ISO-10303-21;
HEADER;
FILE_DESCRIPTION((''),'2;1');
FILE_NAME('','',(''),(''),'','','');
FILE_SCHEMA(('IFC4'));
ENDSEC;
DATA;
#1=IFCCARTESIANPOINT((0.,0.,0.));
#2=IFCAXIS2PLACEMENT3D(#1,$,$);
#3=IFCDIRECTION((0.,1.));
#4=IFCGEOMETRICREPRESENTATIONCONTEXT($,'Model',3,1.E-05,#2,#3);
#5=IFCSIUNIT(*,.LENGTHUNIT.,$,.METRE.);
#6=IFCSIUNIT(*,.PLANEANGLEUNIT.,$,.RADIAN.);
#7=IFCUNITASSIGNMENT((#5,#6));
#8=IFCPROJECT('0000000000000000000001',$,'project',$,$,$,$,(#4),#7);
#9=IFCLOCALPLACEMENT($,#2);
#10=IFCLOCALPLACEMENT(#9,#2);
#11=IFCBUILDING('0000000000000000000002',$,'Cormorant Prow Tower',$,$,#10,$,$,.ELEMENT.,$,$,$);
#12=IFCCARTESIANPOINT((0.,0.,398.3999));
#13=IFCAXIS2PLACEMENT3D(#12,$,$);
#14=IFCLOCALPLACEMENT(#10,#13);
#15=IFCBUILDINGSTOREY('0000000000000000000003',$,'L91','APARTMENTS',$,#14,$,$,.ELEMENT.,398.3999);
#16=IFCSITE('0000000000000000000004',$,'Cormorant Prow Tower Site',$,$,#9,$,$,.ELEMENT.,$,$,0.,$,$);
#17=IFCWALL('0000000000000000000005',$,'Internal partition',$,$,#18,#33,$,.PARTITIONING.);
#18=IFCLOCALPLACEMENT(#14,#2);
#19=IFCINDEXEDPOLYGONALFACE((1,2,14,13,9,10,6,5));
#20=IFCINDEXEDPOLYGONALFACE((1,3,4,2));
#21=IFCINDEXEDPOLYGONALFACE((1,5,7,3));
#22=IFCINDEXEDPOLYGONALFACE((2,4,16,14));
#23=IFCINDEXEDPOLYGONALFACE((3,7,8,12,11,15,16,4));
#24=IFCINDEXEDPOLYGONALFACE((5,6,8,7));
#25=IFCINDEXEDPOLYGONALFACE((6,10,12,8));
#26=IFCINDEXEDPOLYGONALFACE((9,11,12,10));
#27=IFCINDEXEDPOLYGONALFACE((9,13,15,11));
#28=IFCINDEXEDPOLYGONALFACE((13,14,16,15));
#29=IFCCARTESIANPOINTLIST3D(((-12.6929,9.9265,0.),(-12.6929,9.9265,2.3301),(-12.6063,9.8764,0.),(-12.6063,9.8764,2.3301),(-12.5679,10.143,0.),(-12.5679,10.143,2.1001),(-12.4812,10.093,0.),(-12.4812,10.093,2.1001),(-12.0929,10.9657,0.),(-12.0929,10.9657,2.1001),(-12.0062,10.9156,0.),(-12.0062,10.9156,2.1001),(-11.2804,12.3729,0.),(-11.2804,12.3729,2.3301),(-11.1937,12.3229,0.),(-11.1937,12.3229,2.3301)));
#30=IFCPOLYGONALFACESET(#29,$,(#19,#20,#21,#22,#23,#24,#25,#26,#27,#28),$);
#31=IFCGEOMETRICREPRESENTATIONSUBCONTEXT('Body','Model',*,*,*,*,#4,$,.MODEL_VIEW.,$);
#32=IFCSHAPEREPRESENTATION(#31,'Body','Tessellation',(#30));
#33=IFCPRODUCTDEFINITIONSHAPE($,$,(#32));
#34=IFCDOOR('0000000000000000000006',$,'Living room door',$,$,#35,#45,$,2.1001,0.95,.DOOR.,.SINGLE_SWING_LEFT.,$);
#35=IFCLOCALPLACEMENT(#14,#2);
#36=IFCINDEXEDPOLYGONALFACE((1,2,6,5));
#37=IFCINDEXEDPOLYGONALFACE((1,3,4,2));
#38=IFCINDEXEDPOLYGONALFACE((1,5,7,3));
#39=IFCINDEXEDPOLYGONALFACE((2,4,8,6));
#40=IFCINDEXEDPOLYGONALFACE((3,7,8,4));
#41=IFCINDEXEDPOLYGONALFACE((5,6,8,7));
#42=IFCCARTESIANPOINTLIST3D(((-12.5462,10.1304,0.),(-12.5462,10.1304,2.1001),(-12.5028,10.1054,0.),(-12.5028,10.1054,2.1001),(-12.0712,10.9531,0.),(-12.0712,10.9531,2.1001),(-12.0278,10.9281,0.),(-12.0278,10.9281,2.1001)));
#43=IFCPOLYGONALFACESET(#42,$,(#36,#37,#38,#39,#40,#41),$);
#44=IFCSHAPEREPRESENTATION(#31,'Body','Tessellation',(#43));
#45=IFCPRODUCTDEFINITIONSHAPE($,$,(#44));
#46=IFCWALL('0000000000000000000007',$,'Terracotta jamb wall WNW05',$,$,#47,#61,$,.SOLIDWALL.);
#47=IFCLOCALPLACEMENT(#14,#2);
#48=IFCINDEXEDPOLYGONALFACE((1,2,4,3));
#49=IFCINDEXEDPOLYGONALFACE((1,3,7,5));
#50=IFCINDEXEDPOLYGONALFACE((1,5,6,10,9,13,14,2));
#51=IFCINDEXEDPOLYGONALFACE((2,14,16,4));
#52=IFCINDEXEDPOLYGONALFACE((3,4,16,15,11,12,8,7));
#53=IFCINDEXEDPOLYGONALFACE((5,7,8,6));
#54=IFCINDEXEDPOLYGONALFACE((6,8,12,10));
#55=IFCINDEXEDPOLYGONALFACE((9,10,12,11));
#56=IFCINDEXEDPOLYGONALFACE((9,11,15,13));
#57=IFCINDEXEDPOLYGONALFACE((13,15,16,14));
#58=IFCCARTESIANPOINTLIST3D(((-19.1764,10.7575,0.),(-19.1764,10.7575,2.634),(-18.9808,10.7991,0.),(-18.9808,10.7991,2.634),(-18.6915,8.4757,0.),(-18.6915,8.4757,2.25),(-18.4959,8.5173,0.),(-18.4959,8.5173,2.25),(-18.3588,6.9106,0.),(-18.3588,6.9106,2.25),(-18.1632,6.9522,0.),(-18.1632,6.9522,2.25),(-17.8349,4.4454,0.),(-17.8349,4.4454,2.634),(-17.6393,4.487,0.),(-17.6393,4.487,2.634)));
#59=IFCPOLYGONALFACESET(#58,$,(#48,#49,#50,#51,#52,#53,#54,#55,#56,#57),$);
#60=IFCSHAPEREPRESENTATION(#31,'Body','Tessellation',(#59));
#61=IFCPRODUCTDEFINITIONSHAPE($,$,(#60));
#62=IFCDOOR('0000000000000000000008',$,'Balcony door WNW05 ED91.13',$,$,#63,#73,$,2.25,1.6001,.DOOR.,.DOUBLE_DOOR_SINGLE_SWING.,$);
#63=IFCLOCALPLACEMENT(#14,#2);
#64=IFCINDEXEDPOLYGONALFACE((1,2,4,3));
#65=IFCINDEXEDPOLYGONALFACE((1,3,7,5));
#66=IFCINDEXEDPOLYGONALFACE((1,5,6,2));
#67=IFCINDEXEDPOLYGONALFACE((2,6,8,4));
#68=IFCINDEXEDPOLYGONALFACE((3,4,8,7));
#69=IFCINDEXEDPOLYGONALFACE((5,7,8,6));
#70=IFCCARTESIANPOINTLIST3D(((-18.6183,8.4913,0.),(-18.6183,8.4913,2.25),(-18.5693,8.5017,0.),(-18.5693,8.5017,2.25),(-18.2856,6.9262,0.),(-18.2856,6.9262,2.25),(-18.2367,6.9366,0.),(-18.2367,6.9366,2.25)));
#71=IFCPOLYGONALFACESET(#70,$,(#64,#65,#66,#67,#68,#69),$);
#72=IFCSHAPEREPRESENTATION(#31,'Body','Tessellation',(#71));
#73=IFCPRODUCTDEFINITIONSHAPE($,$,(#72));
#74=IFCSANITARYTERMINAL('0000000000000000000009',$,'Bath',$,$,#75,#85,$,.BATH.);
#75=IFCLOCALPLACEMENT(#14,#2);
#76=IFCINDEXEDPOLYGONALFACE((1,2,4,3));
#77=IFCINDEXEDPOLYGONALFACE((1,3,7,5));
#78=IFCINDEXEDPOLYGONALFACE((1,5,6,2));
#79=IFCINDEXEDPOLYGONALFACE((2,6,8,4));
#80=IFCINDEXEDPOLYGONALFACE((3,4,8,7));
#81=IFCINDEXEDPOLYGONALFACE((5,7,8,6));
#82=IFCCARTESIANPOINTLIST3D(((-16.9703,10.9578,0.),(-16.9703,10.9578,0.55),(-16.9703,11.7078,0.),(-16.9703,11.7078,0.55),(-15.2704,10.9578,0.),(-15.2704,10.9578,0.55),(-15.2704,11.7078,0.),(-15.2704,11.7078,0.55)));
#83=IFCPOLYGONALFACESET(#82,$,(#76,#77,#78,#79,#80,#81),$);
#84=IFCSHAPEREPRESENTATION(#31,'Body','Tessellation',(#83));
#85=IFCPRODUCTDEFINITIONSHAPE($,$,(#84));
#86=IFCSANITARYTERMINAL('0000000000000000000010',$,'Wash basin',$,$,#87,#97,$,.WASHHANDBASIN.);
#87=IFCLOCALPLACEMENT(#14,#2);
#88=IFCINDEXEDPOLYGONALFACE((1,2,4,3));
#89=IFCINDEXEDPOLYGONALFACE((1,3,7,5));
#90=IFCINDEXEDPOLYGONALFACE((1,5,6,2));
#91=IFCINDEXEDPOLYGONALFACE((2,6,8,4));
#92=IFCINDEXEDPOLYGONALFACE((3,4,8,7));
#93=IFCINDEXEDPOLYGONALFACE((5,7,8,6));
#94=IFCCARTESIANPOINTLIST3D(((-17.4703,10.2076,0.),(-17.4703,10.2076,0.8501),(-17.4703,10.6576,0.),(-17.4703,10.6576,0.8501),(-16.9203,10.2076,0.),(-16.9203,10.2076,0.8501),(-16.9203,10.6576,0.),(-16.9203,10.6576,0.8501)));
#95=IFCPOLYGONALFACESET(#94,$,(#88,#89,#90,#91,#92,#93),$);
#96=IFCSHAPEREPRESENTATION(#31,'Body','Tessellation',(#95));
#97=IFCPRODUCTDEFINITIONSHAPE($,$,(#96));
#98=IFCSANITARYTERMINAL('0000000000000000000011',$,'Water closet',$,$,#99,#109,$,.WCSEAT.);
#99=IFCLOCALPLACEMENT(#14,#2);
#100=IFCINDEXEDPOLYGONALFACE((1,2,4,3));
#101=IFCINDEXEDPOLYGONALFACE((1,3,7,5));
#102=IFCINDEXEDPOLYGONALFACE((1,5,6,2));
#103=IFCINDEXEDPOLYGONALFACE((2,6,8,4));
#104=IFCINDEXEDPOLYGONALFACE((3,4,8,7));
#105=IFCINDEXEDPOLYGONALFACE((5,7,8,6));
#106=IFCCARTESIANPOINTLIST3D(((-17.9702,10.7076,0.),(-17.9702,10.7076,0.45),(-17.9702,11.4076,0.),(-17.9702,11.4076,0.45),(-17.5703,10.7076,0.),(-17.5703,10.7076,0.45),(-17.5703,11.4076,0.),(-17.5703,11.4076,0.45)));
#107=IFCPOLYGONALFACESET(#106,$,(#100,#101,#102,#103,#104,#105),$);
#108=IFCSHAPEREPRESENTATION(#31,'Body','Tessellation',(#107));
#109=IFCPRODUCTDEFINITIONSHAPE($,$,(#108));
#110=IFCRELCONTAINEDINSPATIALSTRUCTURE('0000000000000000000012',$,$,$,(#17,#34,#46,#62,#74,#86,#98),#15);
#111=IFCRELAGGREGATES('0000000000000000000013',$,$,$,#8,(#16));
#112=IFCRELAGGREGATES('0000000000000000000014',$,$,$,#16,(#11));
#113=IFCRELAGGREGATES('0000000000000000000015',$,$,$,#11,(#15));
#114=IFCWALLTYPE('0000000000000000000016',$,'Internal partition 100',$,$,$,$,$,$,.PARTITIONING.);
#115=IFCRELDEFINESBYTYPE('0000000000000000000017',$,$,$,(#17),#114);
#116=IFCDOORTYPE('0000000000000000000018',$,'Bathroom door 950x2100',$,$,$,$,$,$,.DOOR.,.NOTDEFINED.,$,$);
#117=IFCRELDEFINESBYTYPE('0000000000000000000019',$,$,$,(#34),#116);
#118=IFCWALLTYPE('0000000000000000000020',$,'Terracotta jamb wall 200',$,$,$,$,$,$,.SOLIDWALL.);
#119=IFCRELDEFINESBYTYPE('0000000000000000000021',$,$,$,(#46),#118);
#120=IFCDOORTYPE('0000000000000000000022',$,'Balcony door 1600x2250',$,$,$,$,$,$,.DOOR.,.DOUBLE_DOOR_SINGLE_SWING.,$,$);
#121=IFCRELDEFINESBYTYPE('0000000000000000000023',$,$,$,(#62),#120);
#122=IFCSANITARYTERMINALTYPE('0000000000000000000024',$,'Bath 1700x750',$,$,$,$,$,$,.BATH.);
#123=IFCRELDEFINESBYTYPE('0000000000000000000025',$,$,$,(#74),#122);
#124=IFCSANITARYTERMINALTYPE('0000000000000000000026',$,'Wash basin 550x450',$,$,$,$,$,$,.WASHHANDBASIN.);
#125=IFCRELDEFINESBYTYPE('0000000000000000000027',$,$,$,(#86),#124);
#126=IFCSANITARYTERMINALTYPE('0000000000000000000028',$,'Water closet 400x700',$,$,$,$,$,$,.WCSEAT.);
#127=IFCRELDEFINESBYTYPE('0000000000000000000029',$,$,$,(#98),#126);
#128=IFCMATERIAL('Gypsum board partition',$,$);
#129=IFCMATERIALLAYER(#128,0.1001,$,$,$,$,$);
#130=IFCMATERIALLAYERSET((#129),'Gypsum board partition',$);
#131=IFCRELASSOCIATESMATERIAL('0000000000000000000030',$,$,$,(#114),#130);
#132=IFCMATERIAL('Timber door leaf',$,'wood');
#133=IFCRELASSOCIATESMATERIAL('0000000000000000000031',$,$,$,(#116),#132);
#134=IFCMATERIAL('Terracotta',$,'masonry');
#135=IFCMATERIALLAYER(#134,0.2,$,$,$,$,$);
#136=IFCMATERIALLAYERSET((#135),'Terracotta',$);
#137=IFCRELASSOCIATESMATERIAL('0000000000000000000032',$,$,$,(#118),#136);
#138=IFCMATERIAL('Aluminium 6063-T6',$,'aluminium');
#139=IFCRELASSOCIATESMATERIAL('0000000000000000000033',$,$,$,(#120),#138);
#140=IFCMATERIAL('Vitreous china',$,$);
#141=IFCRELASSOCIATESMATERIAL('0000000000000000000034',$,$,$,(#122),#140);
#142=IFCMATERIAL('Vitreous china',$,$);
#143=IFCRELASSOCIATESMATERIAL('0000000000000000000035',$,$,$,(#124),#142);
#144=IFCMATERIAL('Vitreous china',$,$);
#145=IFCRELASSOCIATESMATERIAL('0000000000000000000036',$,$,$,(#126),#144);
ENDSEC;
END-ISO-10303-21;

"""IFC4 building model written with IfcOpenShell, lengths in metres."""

from ifc_helpers import new_model, si_unit, direction, frame, frame_2d, origin, origin_2d, place, context, subcontext, project, spatial, rectangle, extrude, material, layer, layer_set, type_object, element, fill, save


model = new_model("IFC4")

# Units and contexts
model_context = context("Model", 3, precision=1e-05, world=origin(), true_north=direction((0.0, 1.0)))
body_context = subcontext(model_context, "Body", "Model", "MODEL_VIEW")
ifc_project = project(units=[si_unit("LENGTHUNIT", "METRE"), si_unit("PLANEANGLEUNIT", "RADIAN")], contexts=[model_context])

# Site, building, storey
site_placement = place(None, origin())
site = spatial("IfcSite", under=ifc_project, at=site_placement, Name="Cormorant Prow Tower Site", CompositionType="ELEMENT", RefElevation=0.0)
building_placement = place(site_placement, origin())
building = spatial("IfcBuilding", under=site, at=building_placement, Name="Cormorant Prow Tower", CompositionType="ELEMENT")
storey_placement = place(building_placement, frame((0.0, 0.0, 398.3999)))
storey = spatial("IfcBuildingStorey", under=building, at=storey_placement, Name="L91", Description="APARTMENTS", CompositionType="ELEMENT", Elevation=398.3999)

# Shared definitions
ifc_material_1 = material(Name="Gypsum board partition")
ifc_layer_1 = layer(ifc_material_1, 0.1001)
ifc_layer_set_1 = layer_set([ifc_layer_1], Name="Gypsum board partition")
wall_type_1 = type_object("IfcWallType", Name="Internal partition 100", PredefinedType="PARTITIONING", material=ifc_layer_set_1)
ifc_material_2 = material(Name="Timber door leaf", Category="wood")
door_type_1 = type_object("IfcDoorType", Name="Bathroom door 950x2100", OperationType="NOTDEFINED", PredefinedType="DOOR", material=ifc_material_2)

# Walls, openings, doors
wall_1_placement = place(storey_placement, frame((-12.6497, 9.9014, 0.0), z_axis=(0.0, 0.0, 1.0), x_axis=(0.500024, 0.866011, 0.0)))
wall_1 = element("IfcWall", 1, at=wall_1_placement, inside=storey, type_object=wall_type_1, Name="Internal partition", PredefinedType="PARTITIONING", context=body_context, shape_type="SweptSolid", body=[
    extrude(rectangle(XDim=2.825, YDim=0.1001, at=frame_2d((1.4126, 0.0))), origin(), (0.0, 0.0, 1.0), 2.3301),
])
opening_1_placement = place(wall_1_placement, frame((0.25, 0.0, 0.0)))
opening_1 = element("IfcOpeningElement", 2, at=opening_1_placement, cuts=wall_1, PredefinedType="OPENING", context=body_context, shape_type="SweptSolid", body=[
    extrude(rectangle(XDim=0.95, YDim=2.1001, at=frame_2d((0.4751, 1.05))), frame((0.0, 0.0601, 0.0), z_axis=(0.0, -1.0, 0.0), x_axis=(1.0, 0.0, 0.0)), (0.0, 0.0, 1.0), 0.1201),
])
door_1_placement = place(opening_1_placement, origin())
door_1 = element("IfcDoor", 3, at=door_1_placement, inside=storey, type_object=door_type_1, Name="Living room door", OperationType="SINGLE_SWING_LEFT", OverallHeight=2.1001, OverallWidth=0.95, PredefinedType="DOOR", context=body_context, shape_type="SweptSolid", body=[
    extrude(rectangle(XDim=0.95, YDim=2.1001, at=frame_2d((0.4751, 1.05))), frame((0.0, 0.0249, 0.0), z_axis=(0.0, -1.0, 0.0), x_axis=(1.0, 0.0, 0.0)), (0.0, 0.0, 1.0), 0.05),
])
fill(opening_1, door_1)
ifc_material_3 = material(Name="Terracotta", Category="masonry")
ifc_layer_2 = layer(ifc_material_3, 0.2)
ifc_layer_set_2 = layer_set([ifc_layer_2], Name="Terracotta")
wall_type_2 = type_object("IfcWallType", Name="Terracotta jamb wall 200", PredefinedType="SOLIDWALL", material=ifc_layer_set_2)
wall_2_placement = place(storey_placement, frame((-19.0786, 10.7783, 0.0), z_axis=(0.0, 0.0, 1.0), x_axis=(0.207888, -0.978153, 0.0)))
wall_2 = element("IfcWall", 4, at=wall_2_placement, inside=storey, type_object=wall_type_2, Name="Terracotta jamb wall WNW05", PredefinedType="SOLIDWALL", context=body_context, shape_type="SweptSolid", body=[
    extrude(rectangle(XDim=6.4531, YDim=0.2, at=frame_2d((3.2266, 0.0))), origin(), (0.0, 0.0, 1.0), 2.634),
])
opening_2_placement = place(wall_2_placement, frame((2.3328, 0.0, 0.0)))
opening_2 = element("IfcOpeningElement", 5, at=opening_2_placement, cuts=wall_2, PredefinedType="OPENING", context=body_context, shape_type="SweptSolid", body=[
    extrude(rectangle(XDim=1.6001, YDim=2.25, at=frame_2d((0.8, 1.125))), frame((0.0, 0.1099, 0.0), z_axis=(0.0, -1.0, 0.0), x_axis=(1.0, 0.0, 0.0)), (0.0, 0.0, 1.0), 0.22),
])
ifc_material_4 = material(Name="Aluminium 6063-T6", Category="aluminium")
door_type_2 = type_object("IfcDoorType", Name="Balcony door 1600x2250", OperationType="DOUBLE_DOOR_SINGLE_SWING", PredefinedType="DOOR", material=ifc_material_4)
door_2_placement = place(opening_2_placement, origin())
door_2 = element("IfcDoor", 6, at=door_2_placement, inside=storey, type_object=door_type_2, Name="Balcony door WNW05 ED91.13", OperationType="DOUBLE_DOOR_SINGLE_SWING", OverallHeight=2.25, OverallWidth=1.6001, PredefinedType="DOOR", context=body_context, shape_type="SweptSolid", body=[
    extrude(rectangle(XDim=1.6001, YDim=2.25, at=frame_2d((0.8, 1.125))), frame((0.0, 0.0249, 0.0), z_axis=(0.0, -1.0, 0.0), x_axis=(1.0, 0.0, 0.0)), (0.0, 0.0, 1.0), 0.05),
])
fill(opening_2, door_2)

# Sanitary terminals
ifc_material_5 = material(Name="Vitreous china")
sanitary_terminal_type_1 = type_object("IfcSanitaryTerminalType", Name="Bath 1700x750", PredefinedType="BATH", material=ifc_material_5)
sanitary_terminal_1_placement = place(storey_placement, frame((-16.1204, 11.3328, 0.0), z_axis=(0.0, 0.0, 1.0), x_axis=(1.0, 0.0, 0.0)))
element("IfcSanitaryTerminal", 7, at=sanitary_terminal_1_placement, inside=storey, type_object=sanitary_terminal_type_1, Name="Bath", PredefinedType="BATH", context=body_context, shape_type="SweptSolid", body=[
    extrude(rectangle(XDim=1.7, YDim=0.75, at=origin_2d()), origin(), (0.0, 0.0, 1.0), 0.55),
])
ifc_material_6 = material(Name="Vitreous china")
sanitary_terminal_type_2 = type_object("IfcSanitaryTerminalType", Name="Wash basin 550x450", PredefinedType="WASHHANDBASIN", material=ifc_material_6)
sanitary_terminal_2_placement = place(storey_placement, frame((-17.1953, 10.4326, 0.0), z_axis=(0.0, 0.0, 1.0), x_axis=(1.0, 0.0, 0.0)))
element("IfcSanitaryTerminal", 8, at=sanitary_terminal_2_placement, inside=storey, type_object=sanitary_terminal_type_2, Name="Wash basin", PredefinedType="WASHHANDBASIN", context=body_context, shape_type="SweptSolid", body=[
    extrude(rectangle(XDim=0.55, YDim=0.45, at=origin_2d()), origin(), (0.0, 0.0, 1.0), 0.8501),
])
ifc_material_7 = material(Name="Vitreous china")
sanitary_terminal_type_3 = type_object("IfcSanitaryTerminalType", Name="Water closet 400x700", PredefinedType="WCSEAT", material=ifc_material_7)
sanitary_terminal_3_placement = place(storey_placement, frame((-17.7703, 11.0576, 0.0), z_axis=(0.0, 0.0, 1.0), x_axis=(1.0, 0.0, 0.0)))
element("IfcSanitaryTerminal", 9, at=sanitary_terminal_3_placement, inside=storey, type_object=sanitary_terminal_type_3, Name="Water closet", PredefinedType="WCSEAT", context=body_context, shape_type="SweptSolid", body=[
    extrude(rectangle(XDim=0.3999, YDim=0.7, at=origin_2d()), origin(), (0.0, 0.0, 1.0), 0.45),
])

save(model, "model.ifc")
